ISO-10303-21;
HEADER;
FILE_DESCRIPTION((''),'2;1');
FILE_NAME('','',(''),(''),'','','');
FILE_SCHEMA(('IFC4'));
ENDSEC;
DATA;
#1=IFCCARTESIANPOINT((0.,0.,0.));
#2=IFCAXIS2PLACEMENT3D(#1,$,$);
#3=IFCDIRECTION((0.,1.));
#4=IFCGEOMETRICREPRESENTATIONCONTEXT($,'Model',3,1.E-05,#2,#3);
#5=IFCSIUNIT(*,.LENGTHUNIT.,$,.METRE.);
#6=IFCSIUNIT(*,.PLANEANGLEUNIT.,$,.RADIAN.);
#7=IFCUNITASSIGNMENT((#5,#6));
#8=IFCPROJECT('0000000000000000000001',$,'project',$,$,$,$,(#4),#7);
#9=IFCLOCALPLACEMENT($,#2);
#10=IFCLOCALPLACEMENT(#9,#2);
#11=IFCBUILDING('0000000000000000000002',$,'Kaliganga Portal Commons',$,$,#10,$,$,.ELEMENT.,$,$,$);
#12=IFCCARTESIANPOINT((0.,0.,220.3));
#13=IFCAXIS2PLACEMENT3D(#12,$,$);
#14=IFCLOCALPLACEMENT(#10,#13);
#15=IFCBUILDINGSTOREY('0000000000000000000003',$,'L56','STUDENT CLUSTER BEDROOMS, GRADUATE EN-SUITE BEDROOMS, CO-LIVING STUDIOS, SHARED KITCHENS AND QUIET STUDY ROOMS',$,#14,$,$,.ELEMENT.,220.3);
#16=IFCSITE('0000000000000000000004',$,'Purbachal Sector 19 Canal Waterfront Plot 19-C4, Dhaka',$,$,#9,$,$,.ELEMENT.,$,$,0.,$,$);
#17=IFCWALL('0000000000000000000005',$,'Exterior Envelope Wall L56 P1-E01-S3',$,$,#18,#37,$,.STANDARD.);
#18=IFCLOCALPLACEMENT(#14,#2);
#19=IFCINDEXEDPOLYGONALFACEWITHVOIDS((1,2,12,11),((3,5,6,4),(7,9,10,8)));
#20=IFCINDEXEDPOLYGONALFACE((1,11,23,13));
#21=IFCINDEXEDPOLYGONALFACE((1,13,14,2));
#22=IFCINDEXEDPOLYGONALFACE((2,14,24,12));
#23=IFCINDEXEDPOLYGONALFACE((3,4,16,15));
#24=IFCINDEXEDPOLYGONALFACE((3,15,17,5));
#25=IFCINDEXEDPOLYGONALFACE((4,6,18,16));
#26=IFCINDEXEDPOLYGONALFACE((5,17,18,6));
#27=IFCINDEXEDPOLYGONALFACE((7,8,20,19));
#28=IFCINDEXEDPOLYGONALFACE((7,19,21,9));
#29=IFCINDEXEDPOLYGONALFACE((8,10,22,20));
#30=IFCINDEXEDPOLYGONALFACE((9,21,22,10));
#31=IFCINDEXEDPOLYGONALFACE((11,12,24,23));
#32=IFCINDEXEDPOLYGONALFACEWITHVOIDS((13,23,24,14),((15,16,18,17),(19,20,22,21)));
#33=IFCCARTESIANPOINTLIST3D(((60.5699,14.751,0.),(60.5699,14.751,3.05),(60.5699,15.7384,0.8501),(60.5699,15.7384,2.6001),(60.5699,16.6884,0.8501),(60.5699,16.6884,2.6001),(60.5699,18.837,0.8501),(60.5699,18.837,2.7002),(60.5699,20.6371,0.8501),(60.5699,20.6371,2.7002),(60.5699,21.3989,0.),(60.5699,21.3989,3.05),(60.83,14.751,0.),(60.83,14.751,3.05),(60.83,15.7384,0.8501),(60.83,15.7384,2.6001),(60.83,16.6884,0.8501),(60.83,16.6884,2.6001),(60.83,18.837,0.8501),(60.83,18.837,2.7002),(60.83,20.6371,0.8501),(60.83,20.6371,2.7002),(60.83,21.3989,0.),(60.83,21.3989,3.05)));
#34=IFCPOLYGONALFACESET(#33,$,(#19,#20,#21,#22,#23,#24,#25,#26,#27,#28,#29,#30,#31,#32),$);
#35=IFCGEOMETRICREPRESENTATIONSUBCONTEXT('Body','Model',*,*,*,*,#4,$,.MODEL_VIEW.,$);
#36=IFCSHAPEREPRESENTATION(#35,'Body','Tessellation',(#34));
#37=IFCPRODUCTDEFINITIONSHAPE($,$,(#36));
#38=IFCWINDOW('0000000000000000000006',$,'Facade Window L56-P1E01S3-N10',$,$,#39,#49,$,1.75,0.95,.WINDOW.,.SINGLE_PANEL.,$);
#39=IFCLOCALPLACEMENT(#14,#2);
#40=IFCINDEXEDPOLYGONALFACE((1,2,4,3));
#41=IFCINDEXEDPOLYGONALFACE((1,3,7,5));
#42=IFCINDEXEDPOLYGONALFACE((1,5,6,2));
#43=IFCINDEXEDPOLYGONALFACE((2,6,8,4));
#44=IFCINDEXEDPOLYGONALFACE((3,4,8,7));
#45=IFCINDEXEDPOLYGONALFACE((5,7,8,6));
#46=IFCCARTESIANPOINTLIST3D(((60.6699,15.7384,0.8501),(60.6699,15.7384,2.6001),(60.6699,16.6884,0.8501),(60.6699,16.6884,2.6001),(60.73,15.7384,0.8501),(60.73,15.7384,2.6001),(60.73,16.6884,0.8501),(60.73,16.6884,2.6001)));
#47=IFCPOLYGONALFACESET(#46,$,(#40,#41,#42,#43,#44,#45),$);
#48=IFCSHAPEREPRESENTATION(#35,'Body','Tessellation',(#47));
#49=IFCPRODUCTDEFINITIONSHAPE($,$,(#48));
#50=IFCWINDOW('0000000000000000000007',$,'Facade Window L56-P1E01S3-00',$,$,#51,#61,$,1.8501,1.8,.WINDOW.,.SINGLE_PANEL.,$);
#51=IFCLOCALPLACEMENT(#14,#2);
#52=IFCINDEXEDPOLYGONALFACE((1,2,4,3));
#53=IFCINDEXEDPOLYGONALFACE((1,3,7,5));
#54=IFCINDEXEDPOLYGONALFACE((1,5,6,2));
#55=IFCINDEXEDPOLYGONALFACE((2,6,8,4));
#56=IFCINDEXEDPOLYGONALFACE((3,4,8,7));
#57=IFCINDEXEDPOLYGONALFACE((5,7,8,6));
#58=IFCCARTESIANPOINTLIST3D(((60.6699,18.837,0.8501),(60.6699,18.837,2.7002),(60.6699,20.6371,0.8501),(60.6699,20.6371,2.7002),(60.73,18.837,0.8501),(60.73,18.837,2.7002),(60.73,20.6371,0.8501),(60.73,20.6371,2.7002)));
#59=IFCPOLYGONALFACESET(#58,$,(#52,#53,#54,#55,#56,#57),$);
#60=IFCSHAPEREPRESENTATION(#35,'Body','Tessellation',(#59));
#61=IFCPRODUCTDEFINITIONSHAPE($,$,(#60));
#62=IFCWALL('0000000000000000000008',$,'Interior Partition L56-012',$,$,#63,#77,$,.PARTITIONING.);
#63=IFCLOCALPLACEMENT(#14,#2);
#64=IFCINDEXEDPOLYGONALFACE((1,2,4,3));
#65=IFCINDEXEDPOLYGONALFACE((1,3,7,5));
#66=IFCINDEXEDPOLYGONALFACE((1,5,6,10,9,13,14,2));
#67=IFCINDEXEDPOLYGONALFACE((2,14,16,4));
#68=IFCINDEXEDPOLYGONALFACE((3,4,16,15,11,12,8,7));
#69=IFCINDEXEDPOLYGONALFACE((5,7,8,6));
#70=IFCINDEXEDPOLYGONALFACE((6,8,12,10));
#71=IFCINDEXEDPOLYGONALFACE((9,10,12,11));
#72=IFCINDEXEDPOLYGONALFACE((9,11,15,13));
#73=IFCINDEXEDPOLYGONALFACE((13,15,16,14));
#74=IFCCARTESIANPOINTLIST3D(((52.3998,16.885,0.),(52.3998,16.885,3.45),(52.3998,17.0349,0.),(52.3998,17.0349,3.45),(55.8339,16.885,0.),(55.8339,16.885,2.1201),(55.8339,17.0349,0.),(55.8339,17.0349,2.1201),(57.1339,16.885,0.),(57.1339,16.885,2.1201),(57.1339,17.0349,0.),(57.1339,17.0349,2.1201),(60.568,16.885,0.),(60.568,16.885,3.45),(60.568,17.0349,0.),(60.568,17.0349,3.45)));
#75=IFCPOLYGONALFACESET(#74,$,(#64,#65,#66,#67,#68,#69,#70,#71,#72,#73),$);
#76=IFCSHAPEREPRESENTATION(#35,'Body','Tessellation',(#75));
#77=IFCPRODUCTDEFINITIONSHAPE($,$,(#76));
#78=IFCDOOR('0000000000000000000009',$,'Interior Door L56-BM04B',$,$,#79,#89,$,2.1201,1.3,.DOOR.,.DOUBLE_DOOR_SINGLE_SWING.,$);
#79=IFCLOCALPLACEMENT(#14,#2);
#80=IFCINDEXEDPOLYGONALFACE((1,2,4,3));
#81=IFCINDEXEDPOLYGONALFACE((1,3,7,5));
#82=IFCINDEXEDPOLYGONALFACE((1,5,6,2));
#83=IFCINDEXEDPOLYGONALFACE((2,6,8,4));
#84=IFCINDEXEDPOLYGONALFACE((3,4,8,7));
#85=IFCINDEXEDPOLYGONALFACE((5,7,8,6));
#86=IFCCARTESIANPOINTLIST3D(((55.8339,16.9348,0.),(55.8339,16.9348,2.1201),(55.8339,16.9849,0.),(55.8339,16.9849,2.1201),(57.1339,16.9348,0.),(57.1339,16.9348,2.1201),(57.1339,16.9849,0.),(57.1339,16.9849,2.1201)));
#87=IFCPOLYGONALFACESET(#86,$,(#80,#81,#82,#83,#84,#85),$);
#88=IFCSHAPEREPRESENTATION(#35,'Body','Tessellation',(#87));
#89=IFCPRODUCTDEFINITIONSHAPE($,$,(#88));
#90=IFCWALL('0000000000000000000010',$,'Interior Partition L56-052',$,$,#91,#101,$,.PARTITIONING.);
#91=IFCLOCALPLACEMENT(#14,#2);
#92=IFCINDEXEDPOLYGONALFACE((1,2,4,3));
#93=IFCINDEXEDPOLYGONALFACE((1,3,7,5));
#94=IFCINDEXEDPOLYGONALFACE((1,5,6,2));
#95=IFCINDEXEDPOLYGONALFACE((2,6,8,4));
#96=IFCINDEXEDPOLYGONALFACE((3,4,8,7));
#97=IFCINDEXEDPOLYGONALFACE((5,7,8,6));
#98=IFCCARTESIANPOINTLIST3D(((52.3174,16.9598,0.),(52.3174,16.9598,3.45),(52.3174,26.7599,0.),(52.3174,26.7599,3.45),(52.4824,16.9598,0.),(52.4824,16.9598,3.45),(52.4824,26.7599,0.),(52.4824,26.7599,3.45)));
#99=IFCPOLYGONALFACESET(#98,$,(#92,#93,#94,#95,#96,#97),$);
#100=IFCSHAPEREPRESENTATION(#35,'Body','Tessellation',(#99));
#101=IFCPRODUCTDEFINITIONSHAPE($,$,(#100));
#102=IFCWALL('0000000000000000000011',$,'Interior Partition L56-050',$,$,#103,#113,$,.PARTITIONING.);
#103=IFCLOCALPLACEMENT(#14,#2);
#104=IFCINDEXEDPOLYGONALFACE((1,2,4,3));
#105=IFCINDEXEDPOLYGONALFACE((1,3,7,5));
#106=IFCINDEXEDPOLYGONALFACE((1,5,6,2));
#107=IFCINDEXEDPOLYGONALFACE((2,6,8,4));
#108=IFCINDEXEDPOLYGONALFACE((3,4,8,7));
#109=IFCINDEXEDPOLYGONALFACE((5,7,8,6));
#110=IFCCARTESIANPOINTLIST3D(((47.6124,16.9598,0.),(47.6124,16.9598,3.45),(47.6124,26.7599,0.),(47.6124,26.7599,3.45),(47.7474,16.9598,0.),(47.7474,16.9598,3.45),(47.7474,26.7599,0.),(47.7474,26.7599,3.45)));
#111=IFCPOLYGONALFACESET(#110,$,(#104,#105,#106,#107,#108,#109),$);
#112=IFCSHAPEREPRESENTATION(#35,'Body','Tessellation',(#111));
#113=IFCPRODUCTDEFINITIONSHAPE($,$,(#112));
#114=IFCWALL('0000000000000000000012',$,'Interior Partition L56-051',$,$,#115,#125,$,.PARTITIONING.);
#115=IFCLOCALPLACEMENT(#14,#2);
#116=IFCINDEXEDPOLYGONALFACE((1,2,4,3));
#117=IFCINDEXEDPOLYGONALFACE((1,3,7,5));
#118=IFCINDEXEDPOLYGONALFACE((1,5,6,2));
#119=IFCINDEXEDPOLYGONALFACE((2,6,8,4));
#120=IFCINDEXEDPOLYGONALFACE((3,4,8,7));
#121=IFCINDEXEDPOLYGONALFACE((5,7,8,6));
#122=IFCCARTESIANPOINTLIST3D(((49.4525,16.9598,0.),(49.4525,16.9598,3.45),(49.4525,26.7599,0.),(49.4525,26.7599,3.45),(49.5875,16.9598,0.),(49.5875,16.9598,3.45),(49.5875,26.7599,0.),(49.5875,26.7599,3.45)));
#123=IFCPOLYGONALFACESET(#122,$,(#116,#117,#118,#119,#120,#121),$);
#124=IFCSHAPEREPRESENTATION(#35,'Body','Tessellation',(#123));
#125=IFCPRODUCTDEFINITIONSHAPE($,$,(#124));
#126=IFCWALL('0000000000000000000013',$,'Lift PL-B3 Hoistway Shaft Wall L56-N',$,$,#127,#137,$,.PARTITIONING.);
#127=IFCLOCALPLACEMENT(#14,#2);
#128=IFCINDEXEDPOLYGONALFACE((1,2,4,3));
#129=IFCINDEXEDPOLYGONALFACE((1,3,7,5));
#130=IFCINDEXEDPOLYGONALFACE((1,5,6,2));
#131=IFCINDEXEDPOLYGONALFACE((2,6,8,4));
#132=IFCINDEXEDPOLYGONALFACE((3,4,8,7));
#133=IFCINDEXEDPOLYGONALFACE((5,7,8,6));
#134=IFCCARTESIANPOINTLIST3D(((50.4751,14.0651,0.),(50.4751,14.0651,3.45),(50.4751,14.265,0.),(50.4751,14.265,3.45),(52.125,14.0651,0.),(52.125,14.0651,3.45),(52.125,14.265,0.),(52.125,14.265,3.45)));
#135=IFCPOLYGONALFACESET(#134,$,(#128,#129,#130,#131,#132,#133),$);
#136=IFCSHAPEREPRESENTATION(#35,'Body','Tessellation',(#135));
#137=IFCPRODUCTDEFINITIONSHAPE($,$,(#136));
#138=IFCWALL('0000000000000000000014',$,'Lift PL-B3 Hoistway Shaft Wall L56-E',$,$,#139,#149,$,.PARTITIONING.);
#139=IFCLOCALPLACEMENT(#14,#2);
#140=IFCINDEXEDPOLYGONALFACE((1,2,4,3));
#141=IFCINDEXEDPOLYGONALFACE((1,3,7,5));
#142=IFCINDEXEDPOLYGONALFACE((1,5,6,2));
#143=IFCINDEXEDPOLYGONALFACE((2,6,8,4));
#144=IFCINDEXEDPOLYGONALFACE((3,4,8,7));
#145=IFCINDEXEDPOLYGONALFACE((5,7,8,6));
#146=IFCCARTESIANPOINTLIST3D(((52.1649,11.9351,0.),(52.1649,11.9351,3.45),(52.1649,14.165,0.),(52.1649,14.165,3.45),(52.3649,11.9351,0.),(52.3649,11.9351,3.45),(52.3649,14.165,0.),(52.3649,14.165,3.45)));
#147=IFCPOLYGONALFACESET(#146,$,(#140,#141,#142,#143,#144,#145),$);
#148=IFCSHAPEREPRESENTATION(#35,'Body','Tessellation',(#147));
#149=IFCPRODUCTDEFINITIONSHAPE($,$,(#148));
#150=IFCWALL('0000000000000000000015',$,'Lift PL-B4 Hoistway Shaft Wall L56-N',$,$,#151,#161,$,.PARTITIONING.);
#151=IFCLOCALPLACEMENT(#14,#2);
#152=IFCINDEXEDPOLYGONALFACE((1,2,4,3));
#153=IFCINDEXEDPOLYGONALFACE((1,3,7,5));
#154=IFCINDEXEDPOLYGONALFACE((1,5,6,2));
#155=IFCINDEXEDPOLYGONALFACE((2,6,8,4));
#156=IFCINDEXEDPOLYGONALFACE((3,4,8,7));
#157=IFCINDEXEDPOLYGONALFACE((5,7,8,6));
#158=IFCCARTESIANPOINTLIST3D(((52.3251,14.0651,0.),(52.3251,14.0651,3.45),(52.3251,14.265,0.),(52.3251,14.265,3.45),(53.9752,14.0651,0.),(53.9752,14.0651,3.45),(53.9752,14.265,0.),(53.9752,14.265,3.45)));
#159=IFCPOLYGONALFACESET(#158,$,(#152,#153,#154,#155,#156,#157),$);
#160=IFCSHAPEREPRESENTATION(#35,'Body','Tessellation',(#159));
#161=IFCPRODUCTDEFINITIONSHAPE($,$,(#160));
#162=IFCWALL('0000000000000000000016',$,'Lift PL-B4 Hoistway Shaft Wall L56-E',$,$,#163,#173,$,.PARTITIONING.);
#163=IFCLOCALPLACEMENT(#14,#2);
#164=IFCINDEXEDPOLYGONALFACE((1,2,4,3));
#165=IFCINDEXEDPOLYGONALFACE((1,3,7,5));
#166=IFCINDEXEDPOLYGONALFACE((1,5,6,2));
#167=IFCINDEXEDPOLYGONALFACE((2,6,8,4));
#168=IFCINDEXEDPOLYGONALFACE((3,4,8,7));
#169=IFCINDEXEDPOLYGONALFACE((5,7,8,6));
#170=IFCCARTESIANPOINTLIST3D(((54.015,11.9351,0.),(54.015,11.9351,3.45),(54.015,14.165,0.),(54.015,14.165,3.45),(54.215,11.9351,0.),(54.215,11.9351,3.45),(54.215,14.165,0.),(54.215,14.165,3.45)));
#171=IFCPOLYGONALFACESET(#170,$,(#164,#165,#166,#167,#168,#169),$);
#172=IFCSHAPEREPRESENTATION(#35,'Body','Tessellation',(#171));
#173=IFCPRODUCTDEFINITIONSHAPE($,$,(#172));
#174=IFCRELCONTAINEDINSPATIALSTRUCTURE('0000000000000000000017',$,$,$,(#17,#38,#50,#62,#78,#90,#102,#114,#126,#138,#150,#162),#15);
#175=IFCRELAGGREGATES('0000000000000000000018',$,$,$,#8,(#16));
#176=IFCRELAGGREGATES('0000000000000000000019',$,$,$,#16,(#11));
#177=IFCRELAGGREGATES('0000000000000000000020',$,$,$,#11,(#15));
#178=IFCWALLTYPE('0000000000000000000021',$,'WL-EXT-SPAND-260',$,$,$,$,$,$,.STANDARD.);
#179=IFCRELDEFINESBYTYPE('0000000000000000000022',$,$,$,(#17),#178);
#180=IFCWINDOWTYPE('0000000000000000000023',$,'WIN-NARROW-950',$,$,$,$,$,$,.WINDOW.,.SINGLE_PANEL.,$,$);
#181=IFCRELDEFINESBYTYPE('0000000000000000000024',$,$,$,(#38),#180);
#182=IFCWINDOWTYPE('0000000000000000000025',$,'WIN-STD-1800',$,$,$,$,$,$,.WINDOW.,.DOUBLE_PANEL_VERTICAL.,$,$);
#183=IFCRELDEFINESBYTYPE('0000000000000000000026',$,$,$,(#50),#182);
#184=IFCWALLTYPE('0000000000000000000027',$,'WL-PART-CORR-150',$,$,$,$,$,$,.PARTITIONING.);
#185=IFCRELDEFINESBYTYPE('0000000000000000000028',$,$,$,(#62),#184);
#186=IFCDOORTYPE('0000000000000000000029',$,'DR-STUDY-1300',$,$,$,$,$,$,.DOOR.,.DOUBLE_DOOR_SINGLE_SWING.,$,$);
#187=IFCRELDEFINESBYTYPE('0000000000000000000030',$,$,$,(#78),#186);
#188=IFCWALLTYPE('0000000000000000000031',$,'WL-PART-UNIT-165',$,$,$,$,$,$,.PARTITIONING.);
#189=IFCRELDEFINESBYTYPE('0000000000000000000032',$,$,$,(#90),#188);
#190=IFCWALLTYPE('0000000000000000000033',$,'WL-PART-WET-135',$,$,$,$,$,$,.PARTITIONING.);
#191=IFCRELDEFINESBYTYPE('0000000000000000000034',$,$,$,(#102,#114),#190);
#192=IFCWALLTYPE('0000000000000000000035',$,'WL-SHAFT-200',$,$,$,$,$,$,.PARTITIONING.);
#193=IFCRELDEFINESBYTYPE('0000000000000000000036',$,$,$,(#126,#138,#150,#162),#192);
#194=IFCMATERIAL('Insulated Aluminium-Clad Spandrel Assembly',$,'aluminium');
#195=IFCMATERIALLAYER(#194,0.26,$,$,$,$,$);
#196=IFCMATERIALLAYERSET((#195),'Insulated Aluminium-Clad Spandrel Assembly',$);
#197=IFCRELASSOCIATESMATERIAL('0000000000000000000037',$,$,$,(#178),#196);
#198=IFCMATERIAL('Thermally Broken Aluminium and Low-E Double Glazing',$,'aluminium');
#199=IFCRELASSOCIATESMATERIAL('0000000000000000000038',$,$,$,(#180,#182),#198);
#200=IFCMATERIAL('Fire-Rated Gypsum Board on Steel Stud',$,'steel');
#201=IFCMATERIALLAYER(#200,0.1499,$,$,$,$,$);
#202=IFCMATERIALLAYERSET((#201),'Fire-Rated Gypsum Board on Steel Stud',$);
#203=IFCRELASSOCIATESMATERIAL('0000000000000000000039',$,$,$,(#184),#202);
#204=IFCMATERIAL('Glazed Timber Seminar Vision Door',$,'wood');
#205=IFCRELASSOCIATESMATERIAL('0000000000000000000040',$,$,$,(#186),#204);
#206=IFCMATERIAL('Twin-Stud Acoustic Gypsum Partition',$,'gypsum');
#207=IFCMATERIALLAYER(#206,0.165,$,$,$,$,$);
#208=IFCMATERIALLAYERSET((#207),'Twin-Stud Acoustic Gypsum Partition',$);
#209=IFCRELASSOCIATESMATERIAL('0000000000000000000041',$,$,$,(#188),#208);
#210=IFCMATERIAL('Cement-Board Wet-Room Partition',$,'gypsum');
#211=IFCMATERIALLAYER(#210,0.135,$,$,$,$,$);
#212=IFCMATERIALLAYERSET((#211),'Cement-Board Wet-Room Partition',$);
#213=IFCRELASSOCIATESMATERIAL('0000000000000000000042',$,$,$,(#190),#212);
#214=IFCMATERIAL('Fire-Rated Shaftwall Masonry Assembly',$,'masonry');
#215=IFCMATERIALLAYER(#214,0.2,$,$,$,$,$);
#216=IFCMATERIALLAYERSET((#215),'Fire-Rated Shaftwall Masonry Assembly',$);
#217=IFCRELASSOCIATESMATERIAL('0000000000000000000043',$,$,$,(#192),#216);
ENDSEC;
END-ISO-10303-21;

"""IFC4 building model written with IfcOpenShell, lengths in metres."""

from ifc_helpers import new_model, si_unit, direction, frame, frame_2d, origin, place, context, subcontext, project, spatial, rectangle, extrude, material, layer, layer_set, type_object, element, fill, save


model = new_model("IFC4")

# Units and contexts
model_context = context("Model", 3, precision=1e-05, world=origin(), true_north=direction((0.0, 1.0)))
body_context = subcontext(model_context, "Body", "Model", "MODEL_VIEW")
ifc_project = project(units=[si_unit("LENGTHUNIT", "METRE"), si_unit("PLANEANGLEUNIT", "RADIAN")], contexts=[model_context])

# Site, building, storey
site_placement = place(None, origin())
site = spatial("IfcSite", under=ifc_project, at=site_placement, Name="Purbachal Sector 19 Canal Waterfront Plot 19-C4, Dhaka", CompositionType="ELEMENT", RefElevation=0.0)
building_placement = place(site_placement, origin())
building = spatial("IfcBuilding", under=site, at=building_placement, Name="Kaliganga Portal Commons", CompositionType="ELEMENT")
storey_placement = place(building_placement, frame((0.0, 0.0, 220.3)))
storey = spatial("IfcBuildingStorey", under=building, at=storey_placement, Name="L56", Description="STUDENT CLUSTER BEDROOMS, GRADUATE EN-SUITE BEDROOMS, CO-LIVING STUDIOS, SHARED KITCHENS AND QUIET STUDY ROOMS", CompositionType="ELEMENT", Elevation=220.3)

# Shared definitions
ifc_material_1 = material(Name="Insulated Aluminium-Clad Spandrel Assembly", Category="aluminium")
ifc_layer_1 = layer(ifc_material_1, 0.26)
ifc_layer_set_1 = layer_set([ifc_layer_1], Name="Insulated Aluminium-Clad Spandrel Assembly")
wall_type_1 = type_object("IfcWallType", Name="WL-EXT-SPAND-260", PredefinedType="STANDARD", material=ifc_layer_set_1)

# Wall, openings, windows
wall_1_placement = place(storey_placement, frame((60.7, 21.3989, 0.0), z_axis=(0.0, 0.0, 1.0), x_axis=(0.0, -1.0, 0.0)))
wall_1 = element("IfcWall", 1, at=wall_1_placement, inside=storey, type_object=wall_type_1, Name="Exterior Envelope Wall L56 P1-E01-S3", PredefinedType="STANDARD", context=body_context, shape_type="SweptSolid", body=[
    extrude(rectangle(XDim=6.6479, YDim=0.26, at=frame_2d((3.324, 0.0))), origin(), (0.0, 0.0, 1.0), 3.05),
])
opening_1_placement = place(wall_1_placement, frame((0.762, 0.0, 0.8501)))
opening_1 = element("IfcOpeningElement", 2, at=opening_1_placement, cuts=wall_1, PredefinedType="OPENING", context=body_context, shape_type="SweptSolid", body=[
    extrude(rectangle(XDim=1.8, YDim=1.8501, at=frame_2d((0.8999, 0.925))), frame((0.0, 0.1401, 0.0), z_axis=(0.0, -1.0, 0.0), x_axis=(1.0, 0.0, 0.0)), (0.0, 0.0, 1.0), 0.28),
])
opening_2_placement = place(wall_1_placement, frame((4.7104, 0.0, 0.8501)))
opening_2 = element("IfcOpeningElement", 3, at=opening_2_placement, cuts=wall_1, PredefinedType="OPENING", context=body_context, shape_type="SweptSolid", body=[
    extrude(rectangle(XDim=0.95, YDim=1.75, at=frame_2d((0.4751, 0.875))), frame((0.0, 0.1401, 0.0), z_axis=(0.0, -1.0, 0.0), x_axis=(1.0, 0.0, 0.0)), (0.0, 0.0, 1.0), 0.28),
])
ifc_material_2 = material(Name="Thermally Broken Aluminium and Low-E Double Glazing", Category="aluminium")
window_type_1 = type_object("IfcWindowType", Name="WIN-NARROW-950", PartitioningType="SINGLE_PANEL", PredefinedType="WINDOW", material=ifc_material_2)
window_1_placement = place(opening_2_placement, origin())
window_1 = element("IfcWindow", 4, at=window_1_placement, inside=storey, type_object=window_type_1, Name="Facade Window L56-P1E01S3-N10", OverallHeight=1.75, OverallWidth=0.95, PartitioningType="SINGLE_PANEL", PredefinedType="WINDOW", context=body_context, shape_type="SweptSolid", body=[
    extrude(rectangle(XDim=0.95, YDim=1.75, at=frame_2d((0.4751, 0.875))), frame((0.0, 0.03, 0.0), z_axis=(0.0, -1.0, 0.0), x_axis=(1.0, 0.0, 0.0)), (0.0, 0.0, 1.0), 0.0601),
])
fill(opening_2, window_1)
window_type_2 = type_object("IfcWindowType", Name="WIN-STD-1800", PartitioningType="DOUBLE_PANEL_VERTICAL", PredefinedType="WINDOW", material=ifc_material_2)
window_2_placement = place(opening_1_placement, origin())
window_2 = element("IfcWindow", 5, at=window_2_placement, inside=storey, type_object=window_type_2, Name="Facade Window L56-P1E01S3-00", OverallHeight=1.8501, OverallWidth=1.8, PartitioningType="SINGLE_PANEL", PredefinedType="WINDOW", context=body_context, shape_type="SweptSolid", body=[
    extrude(rectangle(XDim=1.8, YDim=1.8501, at=frame_2d((0.8999, 0.925))), frame((0.0, 0.03, 0.0), z_axis=(0.0, -1.0, 0.0), x_axis=(1.0, 0.0, 0.0)), (0.0, 0.0, 1.0), 0.0601),
])
fill(opening_1, window_2)

# Wall, opening, door
ifc_material_3 = material(Name="Fire-Rated Gypsum Board on Steel Stud", Category="steel")
ifc_layer_2 = layer(ifc_material_3, 0.1499)
ifc_layer_set_2 = layer_set([ifc_layer_2], Name="Fire-Rated Gypsum Board on Steel Stud")
wall_type_2 = type_object("IfcWallType", Name="WL-PART-CORR-150", PredefinedType="PARTITIONING", material=ifc_layer_set_2)
wall_2_placement = place(storey_placement, frame((52.3999, 16.96, 0.0), z_axis=(0.0, 0.0, 1.0), x_axis=(1.0, 0.0, 0.0)))
wall_2 = element("IfcWall", 6, at=wall_2_placement, inside=storey, type_object=wall_type_2, Name="Interior Partition L56-012", PredefinedType="PARTITIONING", context=body_context, shape_type="SweptSolid", body=[
    extrude(rectangle(XDim=8.1682, YDim=0.1499, at=frame_2d((4.084, 0.0))), origin(), (0.0, 0.0, 1.0), 3.45),
])
opening_3_placement = place(wall_2_placement, frame((3.4341, 0.0, 0.0)))
opening_3 = element("IfcOpeningElement", 7, at=opening_3_placement, cuts=wall_2, PredefinedType="OPENING", context=body_context, shape_type="SweptSolid", body=[
    extrude(rectangle(XDim=1.3, YDim=2.1201, at=frame_2d((0.6499, 1.0601))), frame((0.0, 0.085, 0.0), z_axis=(0.0, -1.0, 0.0), x_axis=(1.0, 0.0, 0.0)), (0.0, 0.0, 1.0), 0.1699),
])
ifc_material_4 = material(Name="Glazed Timber Seminar Vision Door", Category="wood")
door_type_1 = type_object("IfcDoorType", Name="DR-STUDY-1300", OperationType="DOUBLE_DOOR_SINGLE_SWING", PredefinedType="DOOR", material=ifc_material_4)
door_1_placement = place(opening_3_placement, origin())
door_1 = element("IfcDoor", 8, at=door_1_placement, inside=storey, type_object=door_type_1, Name="Interior Door L56-BM04B", OperationType="DOUBLE_DOOR_SINGLE_SWING", OverallHeight=2.1201, OverallWidth=1.3, PredefinedType="DOOR", context=body_context, shape_type="SweptSolid", body=[
    extrude(rectangle(XDim=1.3, YDim=2.1201, at=frame_2d((0.6499, 1.0601))), frame((0.0, 0.0249, 0.0), z_axis=(0.0, -1.0, 0.0), x_axis=(1.0, 0.0, 0.0)), (0.0, 0.0, 1.0), 0.05),
])
fill(opening_3, door_1)

# Walls
ifc_material_5 = material(Name="Twin-Stud Acoustic Gypsum Partition", Category="gypsum")
ifc_layer_3 = layer(ifc_material_5, 0.165)
ifc_layer_set_3 = layer_set([ifc_layer_3], Name="Twin-Stud Acoustic Gypsum Partition")
wall_type_3 = type_object("IfcWallType", Name="WL-PART-UNIT-165", PredefinedType="PARTITIONING", material=ifc_layer_set_3)
wall_3_placement = place(storey_placement, frame((52.3999, 16.96, 0.0), z_axis=(0.0, 0.0, 1.0), x_axis=(0.0, 1.0, 0.0)))
element("IfcWall", 9, at=wall_3_placement, inside=storey, type_object=wall_type_3, Name="Interior Partition L56-052", PredefinedType="PARTITIONING", context=body_context, shape_type="SweptSolid", body=[
    extrude(rectangle(XDim=9.8, YDim=0.165, at=frame_2d((4.8999, 0.0))), origin(), (0.0, 0.0, 1.0), 3.45),
])
ifc_material_6 = material(Name="Cement-Board Wet-Room Partition", Category="gypsum")
ifc_layer_4 = layer(ifc_material_6, 0.135)
ifc_layer_set_4 = layer_set([ifc_layer_4], Name="Cement-Board Wet-Room Partition")
wall_type_4 = type_object("IfcWallType", Name="WL-PART-WET-135", PredefinedType="PARTITIONING", material=ifc_layer_set_4)
for number, where, z_axis, x_axis, name in (
    (10, (47.6799, 16.96, 0.0), (0.0, 0.0, 1.0), (0.0, 1.0, 0.0), "Interior Partition L56-050"),
    (11, (49.52, 16.96, 0.0), (0.0, 0.0, 1.0), (0.0, 1.0, 0.0), "Interior Partition L56-051"),
):
    element("IfcWall", number, at=place(storey_placement, frame(where, z_axis=z_axis, x_axis=x_axis)), inside=storey, type_object=wall_type_4, Name=name, PredefinedType="PARTITIONING", context=body_context, shape_type="SweptSolid", body=[
        extrude(rectangle(XDim=9.8, YDim=0.135, at=frame_2d((4.8999, 0.0))), origin(), (0.0, 0.0, 1.0), 3.45),
    ])
ifc_material_7 = material(Name="Fire-Rated Shaftwall Masonry Assembly", Category="masonry")
ifc_layer_5 = layer(ifc_material_7, 0.2)
ifc_layer_set_5 = layer_set([ifc_layer_5], Name="Fire-Rated Shaftwall Masonry Assembly")
wall_type_5 = type_object("IfcWallType", Name="WL-SHAFT-200", PredefinedType="PARTITIONING", material=ifc_layer_set_5)
wall_4_placement = place(storey_placement, frame((50.4751, 14.165, 0.0), z_axis=(0.0, 0.0, 1.0), x_axis=(1.0, 0.0, 0.0)))
element("IfcWall", 12, at=wall_4_placement, inside=storey, type_object=wall_type_5, Name="Lift PL-B3 Hoistway Shaft Wall L56-N", PredefinedType="PARTITIONING", context=body_context, shape_type="SweptSolid", body=[
    extrude(rectangle(XDim=1.6499, YDim=0.2, at=frame_2d((0.825, 0.0))), origin(), (0.0, 0.0, 1.0), 3.45),
])
wall_5_placement = place(storey_placement, frame((52.2649, 11.9351, 0.0), z_axis=(0.0, 0.0, 1.0), x_axis=(0.0, 1.0, 0.0)))
element("IfcWall", 13, at=wall_5_placement, inside=storey, type_object=wall_type_5, Name="Lift PL-B3 Hoistway Shaft Wall L56-E", PredefinedType="PARTITIONING", context=body_context, shape_type="SweptSolid", body=[
    extrude(rectangle(XDim=2.23, YDim=0.2, at=frame_2d((1.115, 0.0))), origin(), (0.0, 0.0, 1.0), 3.45),
])

# Walls
wall_6_placement = place(storey_placement, frame((52.325, 14.165, 0.0), z_axis=(0.0, 0.0, 1.0), x_axis=(1.0, 0.0, 0.0)))
element("IfcWall", 14, at=wall_6_placement, inside=storey, type_object=wall_type_5, Name="Lift PL-B4 Hoistway Shaft Wall L56-N", PredefinedType="PARTITIONING", context=body_context, shape_type="SweptSolid", body=[
    extrude(rectangle(XDim=1.6501, YDim=0.2, at=frame_2d((0.8252, 0.0))), origin(), (0.0, 0.0, 1.0), 3.45),
])
wall_7_placement = place(storey_placement, frame((54.115, 11.9351, 0.0), z_axis=(0.0, 0.0, 1.0), x_axis=(0.0, 1.0, 0.0)))
element("IfcWall", 15, at=wall_7_placement, inside=storey, type_object=wall_type_5, Name="Lift PL-B4 Hoistway Shaft Wall L56-E", PredefinedType="PARTITIONING", context=body_context, shape_type="SweptSolid", body=[
    extrude(rectangle(XDim=2.23, YDim=0.2, at=frame_2d((1.115, 0.0))), origin(), (0.0, 0.0, 1.0), 3.45),
])

save(model, "model.ifc")
